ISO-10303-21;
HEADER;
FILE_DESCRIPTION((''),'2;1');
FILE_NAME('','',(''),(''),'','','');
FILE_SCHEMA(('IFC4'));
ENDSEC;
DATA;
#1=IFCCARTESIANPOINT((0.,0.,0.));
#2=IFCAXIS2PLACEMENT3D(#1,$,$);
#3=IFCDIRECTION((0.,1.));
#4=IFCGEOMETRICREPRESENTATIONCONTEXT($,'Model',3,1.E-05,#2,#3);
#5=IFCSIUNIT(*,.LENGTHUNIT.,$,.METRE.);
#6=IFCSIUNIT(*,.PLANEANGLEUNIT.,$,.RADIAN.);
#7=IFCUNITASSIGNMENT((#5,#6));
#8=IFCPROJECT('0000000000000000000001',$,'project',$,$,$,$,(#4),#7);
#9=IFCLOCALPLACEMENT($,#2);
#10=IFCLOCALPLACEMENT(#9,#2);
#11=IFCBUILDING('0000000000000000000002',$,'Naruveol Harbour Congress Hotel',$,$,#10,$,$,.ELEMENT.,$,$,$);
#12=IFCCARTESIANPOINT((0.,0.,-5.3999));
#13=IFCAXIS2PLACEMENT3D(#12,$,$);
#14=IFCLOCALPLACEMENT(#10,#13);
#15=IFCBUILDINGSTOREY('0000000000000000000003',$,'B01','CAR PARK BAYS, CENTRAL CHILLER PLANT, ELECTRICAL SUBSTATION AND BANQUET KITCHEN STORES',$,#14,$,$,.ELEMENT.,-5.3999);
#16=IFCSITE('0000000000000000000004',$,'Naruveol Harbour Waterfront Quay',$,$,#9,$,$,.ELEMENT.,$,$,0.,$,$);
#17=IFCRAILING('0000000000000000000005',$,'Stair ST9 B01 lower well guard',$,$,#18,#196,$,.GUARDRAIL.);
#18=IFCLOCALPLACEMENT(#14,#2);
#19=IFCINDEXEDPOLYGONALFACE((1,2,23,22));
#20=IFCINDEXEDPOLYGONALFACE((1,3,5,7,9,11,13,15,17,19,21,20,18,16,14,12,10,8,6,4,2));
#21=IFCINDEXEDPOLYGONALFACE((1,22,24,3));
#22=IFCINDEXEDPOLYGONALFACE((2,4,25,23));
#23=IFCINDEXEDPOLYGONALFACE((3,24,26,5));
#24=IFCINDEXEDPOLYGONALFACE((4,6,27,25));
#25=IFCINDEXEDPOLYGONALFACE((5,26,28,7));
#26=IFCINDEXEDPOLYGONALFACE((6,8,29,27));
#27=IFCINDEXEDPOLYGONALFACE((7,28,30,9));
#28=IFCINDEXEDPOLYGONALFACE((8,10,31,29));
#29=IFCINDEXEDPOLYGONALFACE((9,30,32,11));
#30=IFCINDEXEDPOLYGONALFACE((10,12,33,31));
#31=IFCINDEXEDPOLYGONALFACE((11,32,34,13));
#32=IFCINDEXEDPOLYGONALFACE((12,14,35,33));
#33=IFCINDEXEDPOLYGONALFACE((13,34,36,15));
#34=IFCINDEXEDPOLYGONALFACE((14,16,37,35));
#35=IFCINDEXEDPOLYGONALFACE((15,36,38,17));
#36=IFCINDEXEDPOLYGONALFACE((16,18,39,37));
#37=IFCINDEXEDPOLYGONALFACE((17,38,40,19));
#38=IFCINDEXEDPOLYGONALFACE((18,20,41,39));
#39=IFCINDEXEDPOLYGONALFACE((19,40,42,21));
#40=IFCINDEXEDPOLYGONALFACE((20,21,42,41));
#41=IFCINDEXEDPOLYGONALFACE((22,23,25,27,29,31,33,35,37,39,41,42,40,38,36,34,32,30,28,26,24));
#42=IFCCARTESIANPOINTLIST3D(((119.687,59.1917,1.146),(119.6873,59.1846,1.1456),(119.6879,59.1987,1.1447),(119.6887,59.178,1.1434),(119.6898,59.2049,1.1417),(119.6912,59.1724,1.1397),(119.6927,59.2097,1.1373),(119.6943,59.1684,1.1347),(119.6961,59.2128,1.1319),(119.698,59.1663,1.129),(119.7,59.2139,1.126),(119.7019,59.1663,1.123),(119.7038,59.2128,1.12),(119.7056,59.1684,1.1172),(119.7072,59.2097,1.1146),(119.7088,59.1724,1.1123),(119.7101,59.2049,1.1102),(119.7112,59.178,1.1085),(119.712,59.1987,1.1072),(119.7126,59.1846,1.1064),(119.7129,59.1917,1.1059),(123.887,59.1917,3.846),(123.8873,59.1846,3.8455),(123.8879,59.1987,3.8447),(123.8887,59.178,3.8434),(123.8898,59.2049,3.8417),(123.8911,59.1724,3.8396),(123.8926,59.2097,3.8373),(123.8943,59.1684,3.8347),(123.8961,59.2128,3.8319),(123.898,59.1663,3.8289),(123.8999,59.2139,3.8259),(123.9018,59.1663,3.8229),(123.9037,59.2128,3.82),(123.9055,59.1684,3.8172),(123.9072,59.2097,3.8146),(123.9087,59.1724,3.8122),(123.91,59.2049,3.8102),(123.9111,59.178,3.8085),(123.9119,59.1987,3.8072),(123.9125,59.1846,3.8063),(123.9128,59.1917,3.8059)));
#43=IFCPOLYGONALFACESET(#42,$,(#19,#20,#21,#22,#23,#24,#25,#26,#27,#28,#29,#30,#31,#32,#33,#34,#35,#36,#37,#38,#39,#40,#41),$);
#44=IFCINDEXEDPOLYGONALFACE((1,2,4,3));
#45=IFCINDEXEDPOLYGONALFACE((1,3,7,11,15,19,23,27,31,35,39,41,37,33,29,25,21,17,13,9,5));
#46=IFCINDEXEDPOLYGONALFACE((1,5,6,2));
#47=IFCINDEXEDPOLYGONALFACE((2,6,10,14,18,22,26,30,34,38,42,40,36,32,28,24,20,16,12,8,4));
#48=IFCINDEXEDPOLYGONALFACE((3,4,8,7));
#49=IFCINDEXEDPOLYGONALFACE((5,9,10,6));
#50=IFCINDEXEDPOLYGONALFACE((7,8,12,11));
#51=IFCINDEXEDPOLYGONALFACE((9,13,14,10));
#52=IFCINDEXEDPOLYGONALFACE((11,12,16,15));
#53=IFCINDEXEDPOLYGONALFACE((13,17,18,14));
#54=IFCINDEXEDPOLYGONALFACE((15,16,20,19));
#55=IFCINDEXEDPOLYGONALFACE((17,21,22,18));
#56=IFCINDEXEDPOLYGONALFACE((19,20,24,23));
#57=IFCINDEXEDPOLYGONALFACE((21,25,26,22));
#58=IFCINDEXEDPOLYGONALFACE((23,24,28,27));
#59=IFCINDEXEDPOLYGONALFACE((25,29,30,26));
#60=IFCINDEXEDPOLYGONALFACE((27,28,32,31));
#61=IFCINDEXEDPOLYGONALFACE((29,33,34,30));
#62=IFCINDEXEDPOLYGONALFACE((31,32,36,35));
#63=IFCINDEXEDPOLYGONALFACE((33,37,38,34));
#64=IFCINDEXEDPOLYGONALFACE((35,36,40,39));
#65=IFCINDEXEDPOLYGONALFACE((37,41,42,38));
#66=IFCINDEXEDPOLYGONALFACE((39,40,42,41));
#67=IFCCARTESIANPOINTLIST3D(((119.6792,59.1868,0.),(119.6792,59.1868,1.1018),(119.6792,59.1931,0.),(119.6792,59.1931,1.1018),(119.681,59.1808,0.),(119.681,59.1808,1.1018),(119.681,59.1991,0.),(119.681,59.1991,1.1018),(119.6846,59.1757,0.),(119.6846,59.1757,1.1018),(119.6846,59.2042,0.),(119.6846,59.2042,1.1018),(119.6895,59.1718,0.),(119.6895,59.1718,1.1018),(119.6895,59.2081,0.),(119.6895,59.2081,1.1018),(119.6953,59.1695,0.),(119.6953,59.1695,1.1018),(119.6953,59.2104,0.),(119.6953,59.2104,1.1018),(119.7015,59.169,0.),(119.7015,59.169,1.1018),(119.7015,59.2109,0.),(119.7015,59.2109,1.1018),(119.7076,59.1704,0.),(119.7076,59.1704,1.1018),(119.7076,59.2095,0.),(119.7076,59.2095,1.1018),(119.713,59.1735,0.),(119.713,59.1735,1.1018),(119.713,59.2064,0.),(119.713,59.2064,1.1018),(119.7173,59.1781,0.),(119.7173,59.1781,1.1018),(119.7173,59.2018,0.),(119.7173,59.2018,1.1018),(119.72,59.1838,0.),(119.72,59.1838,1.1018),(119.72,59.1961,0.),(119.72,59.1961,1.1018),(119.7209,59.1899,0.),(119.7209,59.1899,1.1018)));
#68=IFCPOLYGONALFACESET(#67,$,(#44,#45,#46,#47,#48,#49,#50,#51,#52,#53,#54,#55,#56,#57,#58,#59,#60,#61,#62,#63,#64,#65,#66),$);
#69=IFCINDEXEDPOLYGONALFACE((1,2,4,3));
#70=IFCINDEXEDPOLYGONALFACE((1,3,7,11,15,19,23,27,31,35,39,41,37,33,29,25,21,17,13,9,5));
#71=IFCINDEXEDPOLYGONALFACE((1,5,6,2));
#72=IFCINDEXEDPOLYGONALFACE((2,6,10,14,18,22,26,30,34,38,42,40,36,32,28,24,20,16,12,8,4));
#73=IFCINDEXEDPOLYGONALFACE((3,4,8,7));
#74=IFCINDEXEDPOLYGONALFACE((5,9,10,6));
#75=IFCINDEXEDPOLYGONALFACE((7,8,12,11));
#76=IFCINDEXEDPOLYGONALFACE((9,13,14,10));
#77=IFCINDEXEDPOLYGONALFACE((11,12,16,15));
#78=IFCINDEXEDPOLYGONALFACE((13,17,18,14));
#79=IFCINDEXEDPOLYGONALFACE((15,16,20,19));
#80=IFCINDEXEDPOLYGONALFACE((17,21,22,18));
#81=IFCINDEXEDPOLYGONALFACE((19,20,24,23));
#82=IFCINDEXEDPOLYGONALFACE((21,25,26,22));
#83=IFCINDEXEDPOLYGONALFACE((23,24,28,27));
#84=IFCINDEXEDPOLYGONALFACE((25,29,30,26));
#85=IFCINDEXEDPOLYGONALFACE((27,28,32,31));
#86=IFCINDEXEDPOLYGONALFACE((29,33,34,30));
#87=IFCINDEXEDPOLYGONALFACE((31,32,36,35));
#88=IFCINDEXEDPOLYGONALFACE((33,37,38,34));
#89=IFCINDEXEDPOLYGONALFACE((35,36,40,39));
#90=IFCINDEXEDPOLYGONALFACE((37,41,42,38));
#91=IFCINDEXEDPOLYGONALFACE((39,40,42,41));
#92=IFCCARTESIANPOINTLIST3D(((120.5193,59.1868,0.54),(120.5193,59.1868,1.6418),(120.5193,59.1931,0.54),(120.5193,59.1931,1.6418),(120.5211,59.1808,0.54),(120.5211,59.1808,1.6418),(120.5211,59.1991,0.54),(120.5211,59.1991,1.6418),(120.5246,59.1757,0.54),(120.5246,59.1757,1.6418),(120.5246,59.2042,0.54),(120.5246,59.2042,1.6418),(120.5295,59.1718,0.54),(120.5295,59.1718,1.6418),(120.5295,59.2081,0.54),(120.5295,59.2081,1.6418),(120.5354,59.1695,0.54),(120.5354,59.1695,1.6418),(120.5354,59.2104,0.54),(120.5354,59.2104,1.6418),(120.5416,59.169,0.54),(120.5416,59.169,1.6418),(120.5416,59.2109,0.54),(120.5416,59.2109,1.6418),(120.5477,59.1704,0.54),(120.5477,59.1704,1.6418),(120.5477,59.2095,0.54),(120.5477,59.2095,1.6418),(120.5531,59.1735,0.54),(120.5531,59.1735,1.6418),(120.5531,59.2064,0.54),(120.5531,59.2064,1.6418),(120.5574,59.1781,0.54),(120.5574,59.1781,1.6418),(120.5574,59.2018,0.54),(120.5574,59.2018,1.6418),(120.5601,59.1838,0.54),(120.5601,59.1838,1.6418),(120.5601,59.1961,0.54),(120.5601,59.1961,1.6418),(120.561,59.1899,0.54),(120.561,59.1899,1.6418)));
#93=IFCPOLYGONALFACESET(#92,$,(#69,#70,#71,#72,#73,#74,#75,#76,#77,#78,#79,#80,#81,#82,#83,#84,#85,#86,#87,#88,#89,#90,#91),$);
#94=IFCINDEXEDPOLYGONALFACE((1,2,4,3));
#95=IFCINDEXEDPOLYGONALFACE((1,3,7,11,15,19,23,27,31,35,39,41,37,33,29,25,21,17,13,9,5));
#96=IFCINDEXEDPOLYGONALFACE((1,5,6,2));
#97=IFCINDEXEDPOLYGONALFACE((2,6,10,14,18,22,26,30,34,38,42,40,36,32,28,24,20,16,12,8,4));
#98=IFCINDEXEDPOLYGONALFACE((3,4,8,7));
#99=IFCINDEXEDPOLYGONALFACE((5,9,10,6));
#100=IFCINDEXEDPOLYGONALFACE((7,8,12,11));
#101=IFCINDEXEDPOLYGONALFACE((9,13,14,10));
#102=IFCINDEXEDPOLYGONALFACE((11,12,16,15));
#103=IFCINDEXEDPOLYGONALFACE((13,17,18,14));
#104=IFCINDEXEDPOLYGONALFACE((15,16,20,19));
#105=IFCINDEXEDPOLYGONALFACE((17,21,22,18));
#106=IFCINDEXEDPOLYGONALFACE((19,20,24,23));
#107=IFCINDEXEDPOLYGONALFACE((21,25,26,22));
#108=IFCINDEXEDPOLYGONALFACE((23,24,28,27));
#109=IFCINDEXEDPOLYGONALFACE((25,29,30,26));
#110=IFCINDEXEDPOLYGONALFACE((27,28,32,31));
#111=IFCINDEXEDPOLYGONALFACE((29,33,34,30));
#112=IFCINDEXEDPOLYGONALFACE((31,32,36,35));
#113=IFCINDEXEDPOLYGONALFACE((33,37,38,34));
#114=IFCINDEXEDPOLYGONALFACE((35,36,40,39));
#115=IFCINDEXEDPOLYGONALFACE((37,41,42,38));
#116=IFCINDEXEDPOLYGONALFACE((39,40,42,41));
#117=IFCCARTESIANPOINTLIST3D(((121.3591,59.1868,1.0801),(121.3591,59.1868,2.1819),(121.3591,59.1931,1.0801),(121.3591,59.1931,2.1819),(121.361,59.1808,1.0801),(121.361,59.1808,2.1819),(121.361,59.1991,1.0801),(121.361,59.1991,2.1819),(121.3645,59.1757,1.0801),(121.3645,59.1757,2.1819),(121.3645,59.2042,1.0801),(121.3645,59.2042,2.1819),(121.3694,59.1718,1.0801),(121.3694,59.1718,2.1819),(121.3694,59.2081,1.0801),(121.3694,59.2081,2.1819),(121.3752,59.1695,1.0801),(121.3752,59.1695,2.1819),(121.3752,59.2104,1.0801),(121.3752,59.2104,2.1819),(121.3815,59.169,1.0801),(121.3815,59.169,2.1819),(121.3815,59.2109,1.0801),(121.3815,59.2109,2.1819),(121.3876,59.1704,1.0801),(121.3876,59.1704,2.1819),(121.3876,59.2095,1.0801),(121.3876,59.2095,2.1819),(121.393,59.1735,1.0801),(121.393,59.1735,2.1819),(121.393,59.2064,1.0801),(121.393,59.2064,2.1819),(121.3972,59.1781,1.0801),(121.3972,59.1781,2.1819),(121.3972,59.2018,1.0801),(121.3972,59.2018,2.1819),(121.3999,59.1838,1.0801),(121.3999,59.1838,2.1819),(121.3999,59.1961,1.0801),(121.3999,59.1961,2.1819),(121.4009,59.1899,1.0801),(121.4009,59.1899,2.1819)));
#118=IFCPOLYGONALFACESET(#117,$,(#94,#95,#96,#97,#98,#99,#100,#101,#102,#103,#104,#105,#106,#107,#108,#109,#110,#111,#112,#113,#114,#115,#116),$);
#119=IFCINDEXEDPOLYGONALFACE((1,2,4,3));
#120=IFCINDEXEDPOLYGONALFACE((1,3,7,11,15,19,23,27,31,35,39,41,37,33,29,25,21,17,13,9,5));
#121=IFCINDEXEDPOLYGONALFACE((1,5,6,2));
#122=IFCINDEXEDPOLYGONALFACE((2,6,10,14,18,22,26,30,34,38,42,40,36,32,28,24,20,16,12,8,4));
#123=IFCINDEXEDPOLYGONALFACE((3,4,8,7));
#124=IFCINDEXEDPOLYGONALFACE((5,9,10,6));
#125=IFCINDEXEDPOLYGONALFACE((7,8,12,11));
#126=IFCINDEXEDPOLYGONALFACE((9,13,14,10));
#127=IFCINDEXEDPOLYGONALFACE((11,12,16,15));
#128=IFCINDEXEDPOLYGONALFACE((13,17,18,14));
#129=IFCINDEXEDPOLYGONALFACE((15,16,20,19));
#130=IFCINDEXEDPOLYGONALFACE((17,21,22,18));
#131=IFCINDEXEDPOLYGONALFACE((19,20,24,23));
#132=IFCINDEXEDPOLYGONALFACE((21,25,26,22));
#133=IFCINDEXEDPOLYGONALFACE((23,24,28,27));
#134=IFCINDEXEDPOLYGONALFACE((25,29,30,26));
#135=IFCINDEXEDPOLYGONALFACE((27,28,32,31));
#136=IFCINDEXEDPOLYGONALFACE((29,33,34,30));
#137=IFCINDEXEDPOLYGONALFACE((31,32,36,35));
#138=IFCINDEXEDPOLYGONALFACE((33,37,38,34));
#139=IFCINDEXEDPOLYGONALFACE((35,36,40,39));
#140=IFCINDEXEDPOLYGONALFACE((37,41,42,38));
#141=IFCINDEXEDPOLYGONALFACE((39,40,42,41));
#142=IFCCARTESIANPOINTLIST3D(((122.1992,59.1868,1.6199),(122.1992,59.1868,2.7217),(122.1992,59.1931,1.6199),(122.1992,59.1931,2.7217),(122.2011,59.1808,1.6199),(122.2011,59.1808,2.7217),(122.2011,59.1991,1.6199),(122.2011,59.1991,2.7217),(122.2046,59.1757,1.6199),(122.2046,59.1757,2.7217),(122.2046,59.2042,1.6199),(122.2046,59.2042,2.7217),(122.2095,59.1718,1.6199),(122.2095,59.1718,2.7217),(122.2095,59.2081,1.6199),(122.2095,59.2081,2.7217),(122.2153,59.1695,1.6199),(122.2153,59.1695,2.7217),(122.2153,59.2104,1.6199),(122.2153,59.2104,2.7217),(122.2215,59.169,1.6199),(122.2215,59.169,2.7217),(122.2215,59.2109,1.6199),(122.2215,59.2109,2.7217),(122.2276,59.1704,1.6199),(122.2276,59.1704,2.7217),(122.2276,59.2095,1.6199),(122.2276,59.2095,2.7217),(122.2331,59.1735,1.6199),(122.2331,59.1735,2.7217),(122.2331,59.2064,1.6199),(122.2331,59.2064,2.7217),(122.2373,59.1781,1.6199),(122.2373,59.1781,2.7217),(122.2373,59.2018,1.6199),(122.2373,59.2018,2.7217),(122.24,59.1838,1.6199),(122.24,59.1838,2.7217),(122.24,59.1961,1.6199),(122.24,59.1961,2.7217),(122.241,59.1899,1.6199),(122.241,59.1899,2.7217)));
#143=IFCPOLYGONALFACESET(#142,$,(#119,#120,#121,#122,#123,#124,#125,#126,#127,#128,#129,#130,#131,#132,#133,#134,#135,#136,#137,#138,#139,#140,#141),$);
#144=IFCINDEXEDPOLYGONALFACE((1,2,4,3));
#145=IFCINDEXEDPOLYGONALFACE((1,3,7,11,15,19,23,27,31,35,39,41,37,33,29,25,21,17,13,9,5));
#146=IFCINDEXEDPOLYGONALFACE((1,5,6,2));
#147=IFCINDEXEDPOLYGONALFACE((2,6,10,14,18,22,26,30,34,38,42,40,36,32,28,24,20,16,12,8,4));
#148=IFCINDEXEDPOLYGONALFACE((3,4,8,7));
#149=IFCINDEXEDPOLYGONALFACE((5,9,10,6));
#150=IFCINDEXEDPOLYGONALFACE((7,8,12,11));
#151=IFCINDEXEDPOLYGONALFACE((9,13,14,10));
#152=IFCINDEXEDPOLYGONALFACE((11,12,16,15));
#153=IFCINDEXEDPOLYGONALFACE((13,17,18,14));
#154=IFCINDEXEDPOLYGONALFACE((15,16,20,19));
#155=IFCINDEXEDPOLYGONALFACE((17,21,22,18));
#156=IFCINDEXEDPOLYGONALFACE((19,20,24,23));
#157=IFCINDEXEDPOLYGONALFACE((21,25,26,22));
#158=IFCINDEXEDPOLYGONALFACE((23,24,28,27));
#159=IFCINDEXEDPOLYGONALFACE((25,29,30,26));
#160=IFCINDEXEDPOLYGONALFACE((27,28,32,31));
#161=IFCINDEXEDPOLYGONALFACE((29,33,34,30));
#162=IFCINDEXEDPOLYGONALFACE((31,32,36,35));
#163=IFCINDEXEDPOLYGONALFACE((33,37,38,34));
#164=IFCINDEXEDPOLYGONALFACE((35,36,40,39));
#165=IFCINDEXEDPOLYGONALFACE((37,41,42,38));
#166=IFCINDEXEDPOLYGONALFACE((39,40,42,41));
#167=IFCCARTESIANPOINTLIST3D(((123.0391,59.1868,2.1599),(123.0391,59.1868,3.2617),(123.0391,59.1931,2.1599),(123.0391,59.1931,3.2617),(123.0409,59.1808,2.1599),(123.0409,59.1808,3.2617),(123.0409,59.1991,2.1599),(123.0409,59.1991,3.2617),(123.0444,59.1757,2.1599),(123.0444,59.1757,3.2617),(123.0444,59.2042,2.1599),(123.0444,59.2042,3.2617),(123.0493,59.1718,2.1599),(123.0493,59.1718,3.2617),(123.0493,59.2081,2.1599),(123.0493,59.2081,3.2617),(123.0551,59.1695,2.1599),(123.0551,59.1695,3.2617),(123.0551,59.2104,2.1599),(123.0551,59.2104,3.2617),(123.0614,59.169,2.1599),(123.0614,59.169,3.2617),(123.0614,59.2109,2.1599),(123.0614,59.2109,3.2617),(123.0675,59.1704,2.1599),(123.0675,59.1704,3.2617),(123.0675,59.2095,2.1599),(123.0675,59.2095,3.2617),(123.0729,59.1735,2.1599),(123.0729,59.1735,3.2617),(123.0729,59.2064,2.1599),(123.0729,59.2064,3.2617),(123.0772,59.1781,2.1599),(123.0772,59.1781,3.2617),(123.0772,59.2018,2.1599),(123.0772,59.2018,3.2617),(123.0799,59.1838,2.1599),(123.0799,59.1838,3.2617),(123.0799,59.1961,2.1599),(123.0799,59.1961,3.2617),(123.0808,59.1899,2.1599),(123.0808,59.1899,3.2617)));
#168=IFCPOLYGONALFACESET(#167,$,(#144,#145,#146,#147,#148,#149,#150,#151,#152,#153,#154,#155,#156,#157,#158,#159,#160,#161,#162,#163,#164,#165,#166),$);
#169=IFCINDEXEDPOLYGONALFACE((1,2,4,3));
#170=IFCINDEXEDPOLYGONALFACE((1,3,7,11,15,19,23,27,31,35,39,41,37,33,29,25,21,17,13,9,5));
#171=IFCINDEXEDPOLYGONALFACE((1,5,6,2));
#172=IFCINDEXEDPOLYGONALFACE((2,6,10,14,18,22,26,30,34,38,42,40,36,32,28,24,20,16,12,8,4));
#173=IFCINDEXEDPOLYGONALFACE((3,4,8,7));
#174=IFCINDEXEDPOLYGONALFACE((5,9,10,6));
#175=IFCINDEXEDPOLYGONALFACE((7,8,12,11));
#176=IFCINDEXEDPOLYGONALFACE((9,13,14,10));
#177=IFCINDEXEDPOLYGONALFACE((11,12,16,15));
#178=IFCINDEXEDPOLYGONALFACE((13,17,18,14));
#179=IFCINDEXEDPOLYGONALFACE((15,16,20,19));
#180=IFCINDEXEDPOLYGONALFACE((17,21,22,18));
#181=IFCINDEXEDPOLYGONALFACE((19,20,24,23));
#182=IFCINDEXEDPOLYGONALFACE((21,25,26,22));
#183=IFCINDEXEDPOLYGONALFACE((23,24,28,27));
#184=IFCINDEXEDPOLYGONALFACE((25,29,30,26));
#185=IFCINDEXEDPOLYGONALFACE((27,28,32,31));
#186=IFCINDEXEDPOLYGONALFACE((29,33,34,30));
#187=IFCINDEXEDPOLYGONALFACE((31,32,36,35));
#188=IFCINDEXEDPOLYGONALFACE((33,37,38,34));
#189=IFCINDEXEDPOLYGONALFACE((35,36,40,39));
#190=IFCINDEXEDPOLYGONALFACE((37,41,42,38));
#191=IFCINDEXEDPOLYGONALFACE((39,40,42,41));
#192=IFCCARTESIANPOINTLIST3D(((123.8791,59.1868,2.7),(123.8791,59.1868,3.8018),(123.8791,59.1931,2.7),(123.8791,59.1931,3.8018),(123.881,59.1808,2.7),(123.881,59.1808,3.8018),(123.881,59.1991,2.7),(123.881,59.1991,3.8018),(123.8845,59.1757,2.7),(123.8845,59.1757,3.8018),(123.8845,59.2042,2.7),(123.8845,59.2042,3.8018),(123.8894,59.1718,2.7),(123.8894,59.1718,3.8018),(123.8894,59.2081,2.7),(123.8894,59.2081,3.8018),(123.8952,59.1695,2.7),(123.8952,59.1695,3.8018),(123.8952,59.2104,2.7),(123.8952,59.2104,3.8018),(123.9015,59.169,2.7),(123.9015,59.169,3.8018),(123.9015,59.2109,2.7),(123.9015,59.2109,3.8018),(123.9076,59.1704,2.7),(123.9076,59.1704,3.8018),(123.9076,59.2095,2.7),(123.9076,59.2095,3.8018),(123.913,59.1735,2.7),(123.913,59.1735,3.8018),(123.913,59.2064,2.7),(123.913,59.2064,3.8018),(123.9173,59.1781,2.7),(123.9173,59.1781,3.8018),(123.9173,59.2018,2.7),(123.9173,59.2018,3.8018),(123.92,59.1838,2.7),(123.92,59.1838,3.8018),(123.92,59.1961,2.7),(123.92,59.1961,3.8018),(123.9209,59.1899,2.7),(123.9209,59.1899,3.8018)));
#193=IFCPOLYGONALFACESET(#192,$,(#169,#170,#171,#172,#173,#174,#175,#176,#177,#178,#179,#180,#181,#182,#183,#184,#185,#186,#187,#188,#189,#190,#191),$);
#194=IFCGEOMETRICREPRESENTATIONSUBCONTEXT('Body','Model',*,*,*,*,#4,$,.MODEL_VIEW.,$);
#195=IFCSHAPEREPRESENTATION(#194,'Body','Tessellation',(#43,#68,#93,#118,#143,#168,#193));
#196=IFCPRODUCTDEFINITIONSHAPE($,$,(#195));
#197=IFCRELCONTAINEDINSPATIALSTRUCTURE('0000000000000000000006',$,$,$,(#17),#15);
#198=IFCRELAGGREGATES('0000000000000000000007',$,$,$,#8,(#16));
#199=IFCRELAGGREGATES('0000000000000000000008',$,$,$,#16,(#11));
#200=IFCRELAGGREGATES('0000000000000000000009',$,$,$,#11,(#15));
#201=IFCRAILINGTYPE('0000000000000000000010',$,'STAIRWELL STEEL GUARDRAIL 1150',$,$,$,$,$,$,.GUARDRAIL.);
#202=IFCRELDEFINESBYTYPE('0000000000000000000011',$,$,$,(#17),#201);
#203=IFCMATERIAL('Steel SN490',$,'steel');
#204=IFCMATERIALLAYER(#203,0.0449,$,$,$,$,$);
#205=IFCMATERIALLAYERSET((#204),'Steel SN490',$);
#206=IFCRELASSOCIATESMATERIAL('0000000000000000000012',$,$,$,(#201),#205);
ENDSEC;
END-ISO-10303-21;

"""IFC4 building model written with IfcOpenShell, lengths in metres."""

from ifc_helpers import new_model, si_unit, direction, frame, origin, origin_2d, place, context, subcontext, project, spatial, circle, extrude, material, layer, layer_set, type_object, element, save


model = new_model("IFC4")

# Units and contexts
model_context = context("Model", 3, precision=1e-05, world=origin(), true_north=direction((0.0, 1.0)))
body_context = subcontext(model_context, "Body", "Model", "MODEL_VIEW")
ifc_project = project(units=[si_unit("LENGTHUNIT", "METRE"), si_unit("PLANEANGLEUNIT", "RADIAN")], contexts=[model_context])

# Site, building, storey
site_placement = place(None, origin())
site = spatial("IfcSite", under=ifc_project, at=site_placement, Name="Naruveol Harbour Waterfront Quay", CompositionType="ELEMENT", RefElevation=0.0)
building_placement = place(site_placement, origin())
building = spatial("IfcBuilding", under=site, at=building_placement, Name="Naruveol Harbour Congress Hotel", CompositionType="ELEMENT")
storey_placement = place(building_placement, frame((0.0, 0.0, -5.3999)))
storey = spatial("IfcBuildingStorey", under=building, at=storey_placement, Name="B01", Description="CAR PARK BAYS, CENTRAL CHILLER PLANT, ELECTRICAL SUBSTATION AND BANQUET KITCHEN STORES", CompositionType="ELEMENT", Elevation=-5.3999)

# Railing
ifc_material_1 = material(Name="Steel SN490", Category="steel")
ifc_layer_1 = layer(ifc_material_1, 0.0449)
ifc_layer_set_1 = layer_set([ifc_layer_1], Name="Steel SN490")
railing_type_1 = type_object("IfcRailingType", Name="STAIRWELL STEEL GUARDRAIL 1150", PredefinedType="GUARDRAIL", material=ifc_layer_set_1)
railing_1_placement = place(storey_placement, frame((119.7, 59.1899, 0.0)))
element("IfcRailing", 1, at=railing_1_placement, inside=storey, type_object=railing_type_1, Name="Stair ST9 B01 lower well guard", PredefinedType="GUARDRAIL", context=body_context, shape_type="SweptSolid", body=[
    extrude(circle(Radius=0.0239, at=origin_2d()), frame((0.0, 0.0, 1.126), z_axis=(0.84118, 0.0, 0.540755), x_axis=(0.0, 1.0, 0.0)), (0.0, 0.0, 1.0), 4.9929),
    extrude(circle(Radius=0.021, at=origin_2d()), origin(), (0.0, 0.0, 1.0), 1.1018),
    extrude(circle(Radius=0.021, at=origin_2d()), frame((0.8401, 0.0, 0.54)), (0.0, 0.0, 1.0), 1.1018),
    extrude(circle(Radius=0.021, at=origin_2d()), frame((1.6799, 0.0, 1.0801)), (0.0, 0.0, 1.0), 1.1018),
    extrude(circle(Radius=0.021, at=origin_2d()), frame((2.52, 0.0, 1.6199)), (0.0, 0.0, 1.0), 1.1018),
    extrude(circle(Radius=0.021, at=origin_2d()), frame((3.3599, 0.0, 2.1599)), (0.0, 0.0, 1.0), 1.1018),
    extrude(circle(Radius=0.021, at=origin_2d()), frame((4.2, 0.0, 2.7)), (0.0, 0.0, 1.0), 1.1018),
])

save(model, "model.ifc")
